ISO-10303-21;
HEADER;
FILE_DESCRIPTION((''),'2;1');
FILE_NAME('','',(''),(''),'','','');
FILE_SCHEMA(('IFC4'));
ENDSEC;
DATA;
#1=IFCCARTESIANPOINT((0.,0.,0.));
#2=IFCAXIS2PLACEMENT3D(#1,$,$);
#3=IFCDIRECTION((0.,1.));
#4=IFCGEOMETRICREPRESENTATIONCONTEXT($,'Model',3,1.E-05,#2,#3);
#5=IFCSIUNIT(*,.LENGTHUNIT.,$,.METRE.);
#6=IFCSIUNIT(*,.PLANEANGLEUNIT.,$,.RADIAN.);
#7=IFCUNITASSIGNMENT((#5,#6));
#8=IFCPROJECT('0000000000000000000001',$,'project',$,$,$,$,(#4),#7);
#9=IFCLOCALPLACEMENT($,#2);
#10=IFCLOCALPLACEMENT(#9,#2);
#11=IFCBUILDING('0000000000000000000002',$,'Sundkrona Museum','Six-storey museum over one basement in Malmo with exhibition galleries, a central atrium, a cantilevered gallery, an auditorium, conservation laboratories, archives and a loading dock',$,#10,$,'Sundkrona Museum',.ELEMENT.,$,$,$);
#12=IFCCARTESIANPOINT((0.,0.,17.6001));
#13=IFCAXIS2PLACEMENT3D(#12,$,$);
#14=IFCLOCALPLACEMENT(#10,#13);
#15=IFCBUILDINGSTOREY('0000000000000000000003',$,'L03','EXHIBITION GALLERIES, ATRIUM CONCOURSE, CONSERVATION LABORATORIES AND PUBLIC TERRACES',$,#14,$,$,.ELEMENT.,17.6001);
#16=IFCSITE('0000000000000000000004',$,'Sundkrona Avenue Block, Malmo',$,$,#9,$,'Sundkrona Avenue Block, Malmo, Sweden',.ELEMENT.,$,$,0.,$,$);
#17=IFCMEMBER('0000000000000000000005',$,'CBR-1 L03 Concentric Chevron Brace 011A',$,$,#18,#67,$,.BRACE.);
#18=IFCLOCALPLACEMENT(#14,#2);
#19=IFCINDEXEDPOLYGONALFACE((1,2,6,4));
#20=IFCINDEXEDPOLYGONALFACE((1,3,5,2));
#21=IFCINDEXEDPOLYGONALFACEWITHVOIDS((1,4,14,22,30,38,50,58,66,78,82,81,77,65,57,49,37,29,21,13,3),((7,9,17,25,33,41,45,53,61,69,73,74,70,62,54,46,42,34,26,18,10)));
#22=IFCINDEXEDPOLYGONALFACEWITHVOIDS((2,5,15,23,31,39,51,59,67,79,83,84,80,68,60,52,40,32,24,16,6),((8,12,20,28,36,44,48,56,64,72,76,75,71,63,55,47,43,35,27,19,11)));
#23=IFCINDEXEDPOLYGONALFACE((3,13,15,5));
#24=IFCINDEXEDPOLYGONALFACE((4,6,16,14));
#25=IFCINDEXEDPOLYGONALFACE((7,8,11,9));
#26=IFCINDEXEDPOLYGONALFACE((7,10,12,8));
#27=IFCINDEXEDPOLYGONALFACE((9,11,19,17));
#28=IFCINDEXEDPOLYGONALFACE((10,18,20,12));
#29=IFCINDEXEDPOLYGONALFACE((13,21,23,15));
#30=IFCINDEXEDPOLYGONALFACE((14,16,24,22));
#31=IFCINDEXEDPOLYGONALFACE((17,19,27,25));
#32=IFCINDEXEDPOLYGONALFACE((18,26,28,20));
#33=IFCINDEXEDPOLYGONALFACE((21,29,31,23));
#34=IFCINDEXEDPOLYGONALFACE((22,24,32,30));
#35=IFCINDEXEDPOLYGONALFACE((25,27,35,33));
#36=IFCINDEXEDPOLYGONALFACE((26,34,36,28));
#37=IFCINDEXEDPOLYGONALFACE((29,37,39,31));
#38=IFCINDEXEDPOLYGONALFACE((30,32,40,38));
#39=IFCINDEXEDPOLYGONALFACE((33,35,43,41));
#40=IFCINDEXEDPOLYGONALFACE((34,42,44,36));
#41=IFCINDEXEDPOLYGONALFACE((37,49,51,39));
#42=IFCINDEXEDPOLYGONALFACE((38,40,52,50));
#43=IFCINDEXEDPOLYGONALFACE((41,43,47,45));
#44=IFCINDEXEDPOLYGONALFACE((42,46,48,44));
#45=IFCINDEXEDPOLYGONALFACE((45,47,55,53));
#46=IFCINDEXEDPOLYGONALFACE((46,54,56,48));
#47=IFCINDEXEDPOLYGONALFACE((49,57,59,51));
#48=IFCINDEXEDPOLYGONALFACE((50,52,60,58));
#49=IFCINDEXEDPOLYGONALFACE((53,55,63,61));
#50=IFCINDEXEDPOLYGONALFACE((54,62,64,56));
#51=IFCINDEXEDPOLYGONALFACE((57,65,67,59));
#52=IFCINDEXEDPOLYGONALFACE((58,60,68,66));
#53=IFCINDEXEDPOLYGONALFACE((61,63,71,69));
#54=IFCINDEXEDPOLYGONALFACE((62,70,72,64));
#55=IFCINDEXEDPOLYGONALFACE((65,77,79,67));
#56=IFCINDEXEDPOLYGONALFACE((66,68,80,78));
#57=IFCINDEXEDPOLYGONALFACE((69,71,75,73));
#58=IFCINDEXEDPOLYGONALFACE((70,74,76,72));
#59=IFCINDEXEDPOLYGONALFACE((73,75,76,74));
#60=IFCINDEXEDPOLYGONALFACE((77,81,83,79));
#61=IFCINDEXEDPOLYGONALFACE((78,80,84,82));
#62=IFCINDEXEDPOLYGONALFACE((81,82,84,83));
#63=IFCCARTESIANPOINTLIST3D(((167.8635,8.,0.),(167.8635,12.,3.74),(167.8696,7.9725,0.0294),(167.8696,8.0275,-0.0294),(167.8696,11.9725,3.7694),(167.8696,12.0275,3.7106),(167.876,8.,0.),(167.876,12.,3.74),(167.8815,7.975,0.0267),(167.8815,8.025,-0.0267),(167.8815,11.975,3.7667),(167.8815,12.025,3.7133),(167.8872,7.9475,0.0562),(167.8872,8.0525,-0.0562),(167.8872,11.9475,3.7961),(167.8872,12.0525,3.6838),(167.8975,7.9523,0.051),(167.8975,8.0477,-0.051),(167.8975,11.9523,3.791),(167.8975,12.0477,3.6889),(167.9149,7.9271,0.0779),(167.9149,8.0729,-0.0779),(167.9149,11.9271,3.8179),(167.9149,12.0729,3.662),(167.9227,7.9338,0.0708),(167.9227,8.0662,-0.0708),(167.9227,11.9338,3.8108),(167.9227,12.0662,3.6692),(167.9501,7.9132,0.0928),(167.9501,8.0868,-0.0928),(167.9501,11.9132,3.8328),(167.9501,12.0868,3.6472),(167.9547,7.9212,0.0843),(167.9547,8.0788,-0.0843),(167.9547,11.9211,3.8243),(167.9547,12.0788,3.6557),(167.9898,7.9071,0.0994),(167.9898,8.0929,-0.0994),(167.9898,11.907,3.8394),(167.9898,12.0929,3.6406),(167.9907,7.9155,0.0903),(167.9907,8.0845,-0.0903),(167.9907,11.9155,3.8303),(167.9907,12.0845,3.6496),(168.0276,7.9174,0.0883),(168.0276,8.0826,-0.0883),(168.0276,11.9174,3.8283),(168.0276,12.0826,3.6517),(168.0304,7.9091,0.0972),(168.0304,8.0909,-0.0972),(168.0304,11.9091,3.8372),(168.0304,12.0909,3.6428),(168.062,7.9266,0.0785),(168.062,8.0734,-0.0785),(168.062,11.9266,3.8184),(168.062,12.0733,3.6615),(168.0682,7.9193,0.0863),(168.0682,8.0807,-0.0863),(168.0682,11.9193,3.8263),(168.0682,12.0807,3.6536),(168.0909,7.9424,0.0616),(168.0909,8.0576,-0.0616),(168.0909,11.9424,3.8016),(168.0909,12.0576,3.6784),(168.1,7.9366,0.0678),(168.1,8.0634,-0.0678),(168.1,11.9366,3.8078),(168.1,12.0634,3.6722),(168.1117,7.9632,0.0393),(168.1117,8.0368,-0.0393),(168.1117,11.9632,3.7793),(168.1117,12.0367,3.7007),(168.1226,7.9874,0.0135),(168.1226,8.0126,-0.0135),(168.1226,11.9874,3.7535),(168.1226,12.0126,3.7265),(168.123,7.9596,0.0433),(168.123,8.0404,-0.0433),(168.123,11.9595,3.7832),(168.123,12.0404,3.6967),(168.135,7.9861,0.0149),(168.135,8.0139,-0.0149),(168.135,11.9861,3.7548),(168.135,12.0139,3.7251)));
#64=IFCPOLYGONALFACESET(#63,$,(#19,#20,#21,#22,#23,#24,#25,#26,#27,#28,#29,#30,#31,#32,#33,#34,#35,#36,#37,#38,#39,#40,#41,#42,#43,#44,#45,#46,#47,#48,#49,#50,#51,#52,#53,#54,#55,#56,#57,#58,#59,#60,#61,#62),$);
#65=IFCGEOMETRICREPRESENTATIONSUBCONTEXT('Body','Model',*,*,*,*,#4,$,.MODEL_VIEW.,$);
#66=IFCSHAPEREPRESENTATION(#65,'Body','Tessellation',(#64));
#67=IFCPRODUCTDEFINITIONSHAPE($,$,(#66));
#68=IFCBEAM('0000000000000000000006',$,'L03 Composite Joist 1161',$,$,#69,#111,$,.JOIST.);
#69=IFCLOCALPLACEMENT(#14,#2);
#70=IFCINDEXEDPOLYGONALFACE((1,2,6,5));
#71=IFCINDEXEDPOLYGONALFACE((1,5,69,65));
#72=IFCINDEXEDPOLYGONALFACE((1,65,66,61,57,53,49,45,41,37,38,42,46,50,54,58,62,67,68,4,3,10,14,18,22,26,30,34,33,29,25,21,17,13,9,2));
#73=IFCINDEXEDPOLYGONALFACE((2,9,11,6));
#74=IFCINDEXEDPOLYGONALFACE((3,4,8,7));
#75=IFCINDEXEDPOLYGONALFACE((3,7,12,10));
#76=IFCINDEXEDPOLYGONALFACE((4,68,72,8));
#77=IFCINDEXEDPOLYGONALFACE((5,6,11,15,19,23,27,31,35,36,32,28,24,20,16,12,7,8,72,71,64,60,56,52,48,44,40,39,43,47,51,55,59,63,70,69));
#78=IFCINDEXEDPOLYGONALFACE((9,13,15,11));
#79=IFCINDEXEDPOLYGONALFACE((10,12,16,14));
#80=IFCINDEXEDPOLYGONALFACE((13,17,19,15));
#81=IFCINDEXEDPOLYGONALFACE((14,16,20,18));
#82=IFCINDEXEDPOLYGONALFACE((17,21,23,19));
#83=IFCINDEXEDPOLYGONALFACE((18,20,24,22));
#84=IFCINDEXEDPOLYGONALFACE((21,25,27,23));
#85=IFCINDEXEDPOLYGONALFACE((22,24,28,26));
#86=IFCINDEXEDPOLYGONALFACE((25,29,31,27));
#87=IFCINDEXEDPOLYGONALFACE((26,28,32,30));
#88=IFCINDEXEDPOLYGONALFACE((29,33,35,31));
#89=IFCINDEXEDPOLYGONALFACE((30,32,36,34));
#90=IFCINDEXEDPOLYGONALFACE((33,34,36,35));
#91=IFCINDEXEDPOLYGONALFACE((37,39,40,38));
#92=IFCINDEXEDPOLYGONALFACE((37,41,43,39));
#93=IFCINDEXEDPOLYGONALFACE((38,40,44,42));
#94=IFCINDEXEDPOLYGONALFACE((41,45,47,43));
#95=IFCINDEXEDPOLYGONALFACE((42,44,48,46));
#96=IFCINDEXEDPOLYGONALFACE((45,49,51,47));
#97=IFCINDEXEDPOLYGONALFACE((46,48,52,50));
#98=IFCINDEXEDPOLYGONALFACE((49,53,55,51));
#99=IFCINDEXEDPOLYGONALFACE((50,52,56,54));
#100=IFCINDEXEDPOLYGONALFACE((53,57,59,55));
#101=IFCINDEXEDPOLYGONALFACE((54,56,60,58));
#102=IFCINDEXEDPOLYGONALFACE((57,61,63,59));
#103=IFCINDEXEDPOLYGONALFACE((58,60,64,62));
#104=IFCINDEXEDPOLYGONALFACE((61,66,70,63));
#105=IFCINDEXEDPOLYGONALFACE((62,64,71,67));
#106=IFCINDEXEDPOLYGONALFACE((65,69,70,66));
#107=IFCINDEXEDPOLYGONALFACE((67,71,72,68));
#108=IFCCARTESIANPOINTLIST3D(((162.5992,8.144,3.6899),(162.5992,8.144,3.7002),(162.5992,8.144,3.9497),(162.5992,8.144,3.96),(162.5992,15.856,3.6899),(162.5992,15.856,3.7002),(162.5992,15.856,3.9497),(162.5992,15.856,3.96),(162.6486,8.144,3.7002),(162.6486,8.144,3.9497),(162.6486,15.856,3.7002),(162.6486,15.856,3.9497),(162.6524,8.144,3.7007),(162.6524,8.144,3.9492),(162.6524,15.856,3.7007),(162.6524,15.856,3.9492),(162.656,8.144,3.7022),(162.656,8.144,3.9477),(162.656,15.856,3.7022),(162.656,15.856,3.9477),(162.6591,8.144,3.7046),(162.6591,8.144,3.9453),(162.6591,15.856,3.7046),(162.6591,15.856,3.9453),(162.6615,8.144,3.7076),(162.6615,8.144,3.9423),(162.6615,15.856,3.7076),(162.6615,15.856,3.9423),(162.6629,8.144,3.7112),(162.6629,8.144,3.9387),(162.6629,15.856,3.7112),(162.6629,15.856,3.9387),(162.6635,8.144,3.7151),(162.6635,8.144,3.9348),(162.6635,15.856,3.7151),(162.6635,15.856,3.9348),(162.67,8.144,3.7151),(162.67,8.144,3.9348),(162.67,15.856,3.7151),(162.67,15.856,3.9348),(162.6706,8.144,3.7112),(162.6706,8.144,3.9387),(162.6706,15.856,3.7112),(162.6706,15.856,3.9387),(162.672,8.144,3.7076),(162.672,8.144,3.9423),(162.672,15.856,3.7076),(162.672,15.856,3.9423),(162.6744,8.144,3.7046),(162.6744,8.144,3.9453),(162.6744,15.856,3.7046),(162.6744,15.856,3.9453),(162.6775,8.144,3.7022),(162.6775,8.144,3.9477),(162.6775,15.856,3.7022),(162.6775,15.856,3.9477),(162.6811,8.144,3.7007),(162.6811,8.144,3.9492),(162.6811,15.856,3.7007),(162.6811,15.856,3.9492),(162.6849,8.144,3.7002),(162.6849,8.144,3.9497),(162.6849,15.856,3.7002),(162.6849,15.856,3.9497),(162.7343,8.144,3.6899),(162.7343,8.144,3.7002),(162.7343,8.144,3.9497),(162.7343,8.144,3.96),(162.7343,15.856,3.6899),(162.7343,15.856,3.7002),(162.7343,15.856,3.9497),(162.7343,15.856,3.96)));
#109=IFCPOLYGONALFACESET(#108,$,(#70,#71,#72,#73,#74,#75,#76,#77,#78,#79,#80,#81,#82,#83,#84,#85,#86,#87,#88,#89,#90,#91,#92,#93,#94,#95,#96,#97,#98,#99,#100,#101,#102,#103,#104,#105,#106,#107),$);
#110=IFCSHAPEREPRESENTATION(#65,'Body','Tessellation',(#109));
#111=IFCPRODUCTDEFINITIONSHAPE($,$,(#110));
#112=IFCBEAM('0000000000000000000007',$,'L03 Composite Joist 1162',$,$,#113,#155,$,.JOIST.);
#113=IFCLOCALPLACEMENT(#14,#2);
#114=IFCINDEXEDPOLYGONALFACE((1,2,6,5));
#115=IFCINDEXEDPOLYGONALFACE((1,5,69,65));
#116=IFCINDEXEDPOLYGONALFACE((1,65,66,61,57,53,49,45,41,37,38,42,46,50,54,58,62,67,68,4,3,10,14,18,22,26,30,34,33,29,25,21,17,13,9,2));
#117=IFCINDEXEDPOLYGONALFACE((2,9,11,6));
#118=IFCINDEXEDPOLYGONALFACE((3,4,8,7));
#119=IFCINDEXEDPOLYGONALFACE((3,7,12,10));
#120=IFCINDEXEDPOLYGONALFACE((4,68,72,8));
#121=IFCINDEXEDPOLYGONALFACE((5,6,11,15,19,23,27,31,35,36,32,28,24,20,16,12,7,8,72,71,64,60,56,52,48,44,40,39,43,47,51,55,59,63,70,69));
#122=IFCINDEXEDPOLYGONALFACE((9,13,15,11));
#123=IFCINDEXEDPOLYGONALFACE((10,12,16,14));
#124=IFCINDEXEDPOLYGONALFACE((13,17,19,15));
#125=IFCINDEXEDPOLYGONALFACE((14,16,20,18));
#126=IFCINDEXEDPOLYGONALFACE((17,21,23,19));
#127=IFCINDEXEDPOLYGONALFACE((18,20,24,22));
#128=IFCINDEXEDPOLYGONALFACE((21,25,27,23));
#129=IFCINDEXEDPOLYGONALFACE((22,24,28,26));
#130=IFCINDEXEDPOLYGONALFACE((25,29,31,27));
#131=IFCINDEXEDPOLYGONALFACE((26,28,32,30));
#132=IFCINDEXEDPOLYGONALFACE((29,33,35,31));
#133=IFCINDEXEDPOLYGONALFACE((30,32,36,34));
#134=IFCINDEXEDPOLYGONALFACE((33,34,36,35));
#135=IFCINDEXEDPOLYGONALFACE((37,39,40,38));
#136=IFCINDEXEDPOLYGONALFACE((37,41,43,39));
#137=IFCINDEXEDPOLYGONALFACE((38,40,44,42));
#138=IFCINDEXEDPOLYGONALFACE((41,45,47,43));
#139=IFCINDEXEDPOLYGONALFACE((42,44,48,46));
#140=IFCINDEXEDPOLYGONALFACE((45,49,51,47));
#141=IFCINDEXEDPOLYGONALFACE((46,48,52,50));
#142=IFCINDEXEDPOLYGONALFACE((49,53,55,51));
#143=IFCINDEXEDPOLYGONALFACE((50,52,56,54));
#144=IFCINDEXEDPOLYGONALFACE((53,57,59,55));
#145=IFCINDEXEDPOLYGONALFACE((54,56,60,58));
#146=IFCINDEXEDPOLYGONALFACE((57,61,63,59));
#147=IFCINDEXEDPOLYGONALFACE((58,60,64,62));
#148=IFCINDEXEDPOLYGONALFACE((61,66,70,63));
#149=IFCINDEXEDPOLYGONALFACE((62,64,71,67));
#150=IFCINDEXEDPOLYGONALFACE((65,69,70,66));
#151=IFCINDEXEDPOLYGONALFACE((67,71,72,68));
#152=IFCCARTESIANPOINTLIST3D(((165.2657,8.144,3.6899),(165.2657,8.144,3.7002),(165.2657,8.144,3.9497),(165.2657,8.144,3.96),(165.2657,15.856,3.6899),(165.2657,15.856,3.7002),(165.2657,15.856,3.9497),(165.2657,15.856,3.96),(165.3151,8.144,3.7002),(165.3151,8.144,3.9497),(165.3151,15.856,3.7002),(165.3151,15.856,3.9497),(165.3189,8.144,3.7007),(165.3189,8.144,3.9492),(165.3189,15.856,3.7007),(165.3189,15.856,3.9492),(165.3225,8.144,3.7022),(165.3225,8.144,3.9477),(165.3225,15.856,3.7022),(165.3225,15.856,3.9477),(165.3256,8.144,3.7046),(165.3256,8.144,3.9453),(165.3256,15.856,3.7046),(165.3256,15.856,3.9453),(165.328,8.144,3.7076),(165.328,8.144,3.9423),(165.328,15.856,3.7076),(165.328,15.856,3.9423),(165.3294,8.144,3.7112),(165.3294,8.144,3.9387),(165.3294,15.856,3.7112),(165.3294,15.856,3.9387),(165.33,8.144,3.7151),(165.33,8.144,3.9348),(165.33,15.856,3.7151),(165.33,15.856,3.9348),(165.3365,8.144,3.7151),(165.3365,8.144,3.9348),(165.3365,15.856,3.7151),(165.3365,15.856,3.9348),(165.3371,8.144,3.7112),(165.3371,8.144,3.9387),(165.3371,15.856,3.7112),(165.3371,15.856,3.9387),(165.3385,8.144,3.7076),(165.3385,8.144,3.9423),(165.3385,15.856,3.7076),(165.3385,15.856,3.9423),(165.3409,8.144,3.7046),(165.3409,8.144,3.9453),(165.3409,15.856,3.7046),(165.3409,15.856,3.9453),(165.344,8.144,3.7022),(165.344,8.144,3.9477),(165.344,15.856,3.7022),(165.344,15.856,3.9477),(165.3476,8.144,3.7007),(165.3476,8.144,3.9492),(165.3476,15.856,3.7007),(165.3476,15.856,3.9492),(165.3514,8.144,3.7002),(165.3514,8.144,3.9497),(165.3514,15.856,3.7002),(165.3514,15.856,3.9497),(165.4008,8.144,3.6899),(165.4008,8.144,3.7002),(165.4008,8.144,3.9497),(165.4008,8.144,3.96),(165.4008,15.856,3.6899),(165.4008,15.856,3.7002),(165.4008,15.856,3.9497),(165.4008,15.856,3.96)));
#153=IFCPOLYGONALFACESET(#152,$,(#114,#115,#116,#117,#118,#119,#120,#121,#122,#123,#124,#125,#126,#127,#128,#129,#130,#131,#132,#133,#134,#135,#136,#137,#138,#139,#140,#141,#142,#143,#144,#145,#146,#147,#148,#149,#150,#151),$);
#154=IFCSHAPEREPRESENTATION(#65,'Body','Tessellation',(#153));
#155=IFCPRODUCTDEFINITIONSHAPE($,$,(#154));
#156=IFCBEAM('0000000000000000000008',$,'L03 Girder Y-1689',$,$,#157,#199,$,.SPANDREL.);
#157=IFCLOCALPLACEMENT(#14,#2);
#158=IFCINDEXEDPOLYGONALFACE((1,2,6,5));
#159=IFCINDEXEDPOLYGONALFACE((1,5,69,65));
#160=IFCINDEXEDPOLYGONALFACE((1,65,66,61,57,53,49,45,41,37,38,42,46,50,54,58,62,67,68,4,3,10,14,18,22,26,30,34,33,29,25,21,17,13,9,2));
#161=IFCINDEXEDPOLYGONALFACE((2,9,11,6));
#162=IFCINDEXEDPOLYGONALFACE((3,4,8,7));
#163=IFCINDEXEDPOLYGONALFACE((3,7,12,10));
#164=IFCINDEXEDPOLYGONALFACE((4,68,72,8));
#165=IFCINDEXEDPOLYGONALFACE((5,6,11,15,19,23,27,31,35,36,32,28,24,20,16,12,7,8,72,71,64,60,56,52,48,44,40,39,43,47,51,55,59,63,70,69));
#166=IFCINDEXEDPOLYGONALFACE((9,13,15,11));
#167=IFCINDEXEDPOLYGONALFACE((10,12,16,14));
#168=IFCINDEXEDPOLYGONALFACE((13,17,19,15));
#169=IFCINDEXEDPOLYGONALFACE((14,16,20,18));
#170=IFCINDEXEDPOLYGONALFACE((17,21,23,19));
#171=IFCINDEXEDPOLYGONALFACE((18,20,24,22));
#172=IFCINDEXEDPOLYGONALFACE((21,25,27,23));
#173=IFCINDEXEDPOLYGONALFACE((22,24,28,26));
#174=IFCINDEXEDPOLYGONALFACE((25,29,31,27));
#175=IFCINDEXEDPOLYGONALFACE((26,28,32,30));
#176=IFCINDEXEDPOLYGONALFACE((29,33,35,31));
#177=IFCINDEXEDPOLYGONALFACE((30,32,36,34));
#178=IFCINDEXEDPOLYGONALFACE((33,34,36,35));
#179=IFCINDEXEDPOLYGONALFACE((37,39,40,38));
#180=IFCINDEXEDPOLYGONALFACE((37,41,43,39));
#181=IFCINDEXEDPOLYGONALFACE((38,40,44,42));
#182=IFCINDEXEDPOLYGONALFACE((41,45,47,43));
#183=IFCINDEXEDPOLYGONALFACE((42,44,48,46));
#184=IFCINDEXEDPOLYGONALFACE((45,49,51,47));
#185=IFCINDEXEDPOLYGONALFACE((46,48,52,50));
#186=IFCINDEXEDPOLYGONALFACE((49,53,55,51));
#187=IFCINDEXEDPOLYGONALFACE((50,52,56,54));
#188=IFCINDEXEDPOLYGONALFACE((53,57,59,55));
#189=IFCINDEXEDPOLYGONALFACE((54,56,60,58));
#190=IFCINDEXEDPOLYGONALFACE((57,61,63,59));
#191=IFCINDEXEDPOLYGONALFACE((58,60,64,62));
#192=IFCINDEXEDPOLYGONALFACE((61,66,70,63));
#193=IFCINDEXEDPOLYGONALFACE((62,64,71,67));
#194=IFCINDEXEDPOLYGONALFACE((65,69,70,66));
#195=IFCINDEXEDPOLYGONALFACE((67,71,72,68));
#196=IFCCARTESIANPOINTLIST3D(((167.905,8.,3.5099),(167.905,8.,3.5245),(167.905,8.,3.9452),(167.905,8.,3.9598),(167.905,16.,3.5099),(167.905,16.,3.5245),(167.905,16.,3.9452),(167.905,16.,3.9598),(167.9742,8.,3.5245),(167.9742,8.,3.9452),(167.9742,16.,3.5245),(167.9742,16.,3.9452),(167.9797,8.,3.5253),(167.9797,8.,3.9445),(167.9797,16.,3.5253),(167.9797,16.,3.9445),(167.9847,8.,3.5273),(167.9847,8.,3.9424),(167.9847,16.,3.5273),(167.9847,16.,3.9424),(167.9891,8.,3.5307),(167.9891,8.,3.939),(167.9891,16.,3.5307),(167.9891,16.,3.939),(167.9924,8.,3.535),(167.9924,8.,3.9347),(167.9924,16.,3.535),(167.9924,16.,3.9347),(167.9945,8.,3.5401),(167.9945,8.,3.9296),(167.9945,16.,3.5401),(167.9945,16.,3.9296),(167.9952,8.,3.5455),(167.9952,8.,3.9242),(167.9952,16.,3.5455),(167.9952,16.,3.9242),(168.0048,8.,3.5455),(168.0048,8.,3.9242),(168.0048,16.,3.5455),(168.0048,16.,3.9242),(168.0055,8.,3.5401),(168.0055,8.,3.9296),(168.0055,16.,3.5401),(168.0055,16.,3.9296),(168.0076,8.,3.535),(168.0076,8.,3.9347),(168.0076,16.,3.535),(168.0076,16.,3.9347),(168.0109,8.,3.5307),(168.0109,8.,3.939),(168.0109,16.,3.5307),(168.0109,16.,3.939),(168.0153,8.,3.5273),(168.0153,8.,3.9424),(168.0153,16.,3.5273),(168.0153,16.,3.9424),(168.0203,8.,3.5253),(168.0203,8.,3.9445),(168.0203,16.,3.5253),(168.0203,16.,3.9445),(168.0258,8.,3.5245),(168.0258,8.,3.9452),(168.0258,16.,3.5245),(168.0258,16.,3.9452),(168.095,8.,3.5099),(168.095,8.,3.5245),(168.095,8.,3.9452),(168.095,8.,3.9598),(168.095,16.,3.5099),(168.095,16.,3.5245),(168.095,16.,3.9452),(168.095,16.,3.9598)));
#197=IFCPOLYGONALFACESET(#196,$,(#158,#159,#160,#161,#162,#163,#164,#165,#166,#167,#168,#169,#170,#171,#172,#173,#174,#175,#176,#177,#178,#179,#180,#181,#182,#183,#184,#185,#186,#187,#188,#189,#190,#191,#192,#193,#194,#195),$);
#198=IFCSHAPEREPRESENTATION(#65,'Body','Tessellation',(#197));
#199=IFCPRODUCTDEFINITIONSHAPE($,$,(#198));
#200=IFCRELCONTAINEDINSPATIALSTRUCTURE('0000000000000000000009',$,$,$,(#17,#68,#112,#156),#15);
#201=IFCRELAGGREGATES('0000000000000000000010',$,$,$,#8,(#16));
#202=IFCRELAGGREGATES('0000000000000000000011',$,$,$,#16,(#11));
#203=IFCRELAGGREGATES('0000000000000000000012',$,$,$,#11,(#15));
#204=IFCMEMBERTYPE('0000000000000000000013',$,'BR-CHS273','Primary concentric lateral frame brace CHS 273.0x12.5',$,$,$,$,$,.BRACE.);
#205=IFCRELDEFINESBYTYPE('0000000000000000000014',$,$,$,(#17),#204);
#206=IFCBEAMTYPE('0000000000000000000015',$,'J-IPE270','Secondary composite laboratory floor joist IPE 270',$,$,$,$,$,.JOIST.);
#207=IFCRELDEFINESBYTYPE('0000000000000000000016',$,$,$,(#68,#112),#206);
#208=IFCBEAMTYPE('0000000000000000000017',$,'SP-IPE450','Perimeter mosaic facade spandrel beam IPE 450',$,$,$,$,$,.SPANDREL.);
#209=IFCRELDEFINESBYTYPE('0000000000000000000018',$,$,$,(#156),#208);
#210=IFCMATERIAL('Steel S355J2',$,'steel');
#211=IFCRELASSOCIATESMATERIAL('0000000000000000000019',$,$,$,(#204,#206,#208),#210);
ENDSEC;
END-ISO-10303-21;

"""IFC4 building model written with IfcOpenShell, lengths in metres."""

from ifc_helpers import new_model, si_unit, direction, frame, origin, origin_2d, place, context, subcontext, project, spatial, hollow_circle, i_section, extrude, material, material_profile, profile_set, type_object, element, save


model = new_model("IFC4")

# Units and contexts
model_context = context("Model", 3, precision=1e-05, world=origin(), true_north=direction((0.0, 1.0)))
body_context = subcontext(model_context, "Body", "Model", "MODEL_VIEW")
ifc_project = project(units=[si_unit("LENGTHUNIT", "METRE"), si_unit("PLANEANGLEUNIT", "RADIAN")], contexts=[model_context])

# Site, building, storey
site_placement = place(None, origin())
site = spatial("IfcSite", under=ifc_project, at=site_placement, Name="Sundkrona Avenue Block, Malmo", LongName="Sundkrona Avenue Block, Malmo, Sweden", CompositionType="ELEMENT", RefElevation=0.0)
building_placement = place(site_placement, origin())
building = spatial("IfcBuilding", under=site, at=building_placement, Name="Sundkrona Museum", Description="Six-storey museum over one basement in Malmo with exhibition galleries, a central atrium, a cantilevered gallery, an auditorium, conservation laboratories, archives and a loading dock", LongName="Sundkrona Museum", CompositionType="ELEMENT")
storey_placement = place(building_placement, frame((0.0, 0.0, 17.6001)))
storey = spatial("IfcBuildingStorey", under=building, at=storey_placement, Name="L03", Description="EXHIBITION GALLERIES, ATRIUM CONCOURSE, CONSERVATION LABORATORIES AND PUBLIC TERRACES", CompositionType="ELEMENT", Elevation=17.6001)

# Shared definitions
ifc_material_1 = material(Name="Steel S355J2", Category="steel")

# Member
ifc_material_profile_1 = material_profile(ifc_material_1, hollow_circle(Radius=0.1365, WallThickness=0.0125, at=origin_2d()), Name="CHS 273.0x12.5")
ifc_profile_set_1 = profile_set([ifc_material_profile_1], Name="Steel S355J2")
member_type = type_object("IfcMemberType", Name="BR-CHS273", Description="Primary concentric lateral frame brace CHS 273.0x12.5", PredefinedType="BRACE", material=ifc_profile_set_1)
member_placement = place(storey_placement, frame((168.0, 8.0, 0.0), z_axis=(0.0, 0.730449, 0.682968), x_axis=(-1.0, 0.0, 0.0)))
element("IfcMember", 1, at=member_placement, inside=storey, type_object=member_type, Name="CBR-1 L03 Concentric Chevron Brace 011A", PredefinedType="BRACE", context=body_context, shape_type="SweptSolid", body=[
    extrude(hollow_circle(Radius=0.1365, WallThickness=0.0125, at=origin_2d()), origin(), (0.0, 0.0, 1.0), 5.4761),
])

# Beams
ifc_material_profile_2 = material_profile(ifc_material_1, i_section(OverallWidth=0.135, OverallDepth=0.27, WebThickness=0.0066, FlangeThickness=0.0103, FilletRadius=0.0149, at=origin_2d()), Name="IPE 270")
ifc_profile_set_2 = profile_set([ifc_material_profile_2], Name="Steel S355J2")
beam_type_1 = type_object("IfcBeamType", Name="J-IPE270", Description="Secondary composite laboratory floor joist IPE 270", PredefinedType="JOIST", material=ifc_profile_set_2)
for number, where, z_axis, x_axis, name in (
    (2, (162.6667, 8.144, 3.825), (0.0, 1.0, 0.0), (-1.0, 0.0, 0.0), "L03 Composite Joist 1161"),
    (3, (165.3333, 8.144, 3.825), (0.0, 1.0, 0.0), (-1.0, 0.0, 0.0), "L03 Composite Joist 1162"),
):
    element("IfcBeam", number, at=place(storey_placement, frame(where, z_axis=z_axis, x_axis=x_axis)), inside=storey, type_object=beam_type_1, Name=name, PredefinedType="JOIST", context=body_context, shape_type="SweptSolid", body=[
        extrude(i_section(OverallWidth=0.135, OverallDepth=0.27, WebThickness=0.0066, FlangeThickness=0.0103, FilletRadius=0.0149, at=origin_2d()), origin(), (0.0, 0.0, 1.0), 7.7119),
    ])
ifc_material_profile_3 = material_profile(ifc_material_1, i_section(OverallWidth=0.1899, OverallDepth=0.45, WebThickness=0.0095, FlangeThickness=0.0146, FilletRadius=0.021, at=origin_2d()), Name="IPE 450")
ifc_profile_set_3 = profile_set([ifc_material_profile_3], Name="Steel S355J2")
beam_type_2 = type_object("IfcBeamType", Name="SP-IPE450", Description="Perimeter mosaic facade spandrel beam IPE 450", PredefinedType="SPANDREL", material=ifc_profile_set_3)
beam_placement = place(storey_placement, frame((168.0, 8.0, 3.7349), z_axis=(0.0, 1.0, 0.0), x_axis=(-1.0, 0.0, 0.0)))
element("IfcBeam", 4, at=beam_placement, inside=storey, type_object=beam_type_2, Name="L03 Girder Y-1689", PredefinedType="SPANDREL", context=body_context, shape_type="SweptSolid", body=[
    extrude(i_section(OverallWidth=0.1899, OverallDepth=0.45, WebThickness=0.0095, FlangeThickness=0.0146, FilletRadius=0.021, at=origin_2d()), origin(), (0.0, 0.0, 1.0), 8.0),
])

save(model, "model.ifc")
